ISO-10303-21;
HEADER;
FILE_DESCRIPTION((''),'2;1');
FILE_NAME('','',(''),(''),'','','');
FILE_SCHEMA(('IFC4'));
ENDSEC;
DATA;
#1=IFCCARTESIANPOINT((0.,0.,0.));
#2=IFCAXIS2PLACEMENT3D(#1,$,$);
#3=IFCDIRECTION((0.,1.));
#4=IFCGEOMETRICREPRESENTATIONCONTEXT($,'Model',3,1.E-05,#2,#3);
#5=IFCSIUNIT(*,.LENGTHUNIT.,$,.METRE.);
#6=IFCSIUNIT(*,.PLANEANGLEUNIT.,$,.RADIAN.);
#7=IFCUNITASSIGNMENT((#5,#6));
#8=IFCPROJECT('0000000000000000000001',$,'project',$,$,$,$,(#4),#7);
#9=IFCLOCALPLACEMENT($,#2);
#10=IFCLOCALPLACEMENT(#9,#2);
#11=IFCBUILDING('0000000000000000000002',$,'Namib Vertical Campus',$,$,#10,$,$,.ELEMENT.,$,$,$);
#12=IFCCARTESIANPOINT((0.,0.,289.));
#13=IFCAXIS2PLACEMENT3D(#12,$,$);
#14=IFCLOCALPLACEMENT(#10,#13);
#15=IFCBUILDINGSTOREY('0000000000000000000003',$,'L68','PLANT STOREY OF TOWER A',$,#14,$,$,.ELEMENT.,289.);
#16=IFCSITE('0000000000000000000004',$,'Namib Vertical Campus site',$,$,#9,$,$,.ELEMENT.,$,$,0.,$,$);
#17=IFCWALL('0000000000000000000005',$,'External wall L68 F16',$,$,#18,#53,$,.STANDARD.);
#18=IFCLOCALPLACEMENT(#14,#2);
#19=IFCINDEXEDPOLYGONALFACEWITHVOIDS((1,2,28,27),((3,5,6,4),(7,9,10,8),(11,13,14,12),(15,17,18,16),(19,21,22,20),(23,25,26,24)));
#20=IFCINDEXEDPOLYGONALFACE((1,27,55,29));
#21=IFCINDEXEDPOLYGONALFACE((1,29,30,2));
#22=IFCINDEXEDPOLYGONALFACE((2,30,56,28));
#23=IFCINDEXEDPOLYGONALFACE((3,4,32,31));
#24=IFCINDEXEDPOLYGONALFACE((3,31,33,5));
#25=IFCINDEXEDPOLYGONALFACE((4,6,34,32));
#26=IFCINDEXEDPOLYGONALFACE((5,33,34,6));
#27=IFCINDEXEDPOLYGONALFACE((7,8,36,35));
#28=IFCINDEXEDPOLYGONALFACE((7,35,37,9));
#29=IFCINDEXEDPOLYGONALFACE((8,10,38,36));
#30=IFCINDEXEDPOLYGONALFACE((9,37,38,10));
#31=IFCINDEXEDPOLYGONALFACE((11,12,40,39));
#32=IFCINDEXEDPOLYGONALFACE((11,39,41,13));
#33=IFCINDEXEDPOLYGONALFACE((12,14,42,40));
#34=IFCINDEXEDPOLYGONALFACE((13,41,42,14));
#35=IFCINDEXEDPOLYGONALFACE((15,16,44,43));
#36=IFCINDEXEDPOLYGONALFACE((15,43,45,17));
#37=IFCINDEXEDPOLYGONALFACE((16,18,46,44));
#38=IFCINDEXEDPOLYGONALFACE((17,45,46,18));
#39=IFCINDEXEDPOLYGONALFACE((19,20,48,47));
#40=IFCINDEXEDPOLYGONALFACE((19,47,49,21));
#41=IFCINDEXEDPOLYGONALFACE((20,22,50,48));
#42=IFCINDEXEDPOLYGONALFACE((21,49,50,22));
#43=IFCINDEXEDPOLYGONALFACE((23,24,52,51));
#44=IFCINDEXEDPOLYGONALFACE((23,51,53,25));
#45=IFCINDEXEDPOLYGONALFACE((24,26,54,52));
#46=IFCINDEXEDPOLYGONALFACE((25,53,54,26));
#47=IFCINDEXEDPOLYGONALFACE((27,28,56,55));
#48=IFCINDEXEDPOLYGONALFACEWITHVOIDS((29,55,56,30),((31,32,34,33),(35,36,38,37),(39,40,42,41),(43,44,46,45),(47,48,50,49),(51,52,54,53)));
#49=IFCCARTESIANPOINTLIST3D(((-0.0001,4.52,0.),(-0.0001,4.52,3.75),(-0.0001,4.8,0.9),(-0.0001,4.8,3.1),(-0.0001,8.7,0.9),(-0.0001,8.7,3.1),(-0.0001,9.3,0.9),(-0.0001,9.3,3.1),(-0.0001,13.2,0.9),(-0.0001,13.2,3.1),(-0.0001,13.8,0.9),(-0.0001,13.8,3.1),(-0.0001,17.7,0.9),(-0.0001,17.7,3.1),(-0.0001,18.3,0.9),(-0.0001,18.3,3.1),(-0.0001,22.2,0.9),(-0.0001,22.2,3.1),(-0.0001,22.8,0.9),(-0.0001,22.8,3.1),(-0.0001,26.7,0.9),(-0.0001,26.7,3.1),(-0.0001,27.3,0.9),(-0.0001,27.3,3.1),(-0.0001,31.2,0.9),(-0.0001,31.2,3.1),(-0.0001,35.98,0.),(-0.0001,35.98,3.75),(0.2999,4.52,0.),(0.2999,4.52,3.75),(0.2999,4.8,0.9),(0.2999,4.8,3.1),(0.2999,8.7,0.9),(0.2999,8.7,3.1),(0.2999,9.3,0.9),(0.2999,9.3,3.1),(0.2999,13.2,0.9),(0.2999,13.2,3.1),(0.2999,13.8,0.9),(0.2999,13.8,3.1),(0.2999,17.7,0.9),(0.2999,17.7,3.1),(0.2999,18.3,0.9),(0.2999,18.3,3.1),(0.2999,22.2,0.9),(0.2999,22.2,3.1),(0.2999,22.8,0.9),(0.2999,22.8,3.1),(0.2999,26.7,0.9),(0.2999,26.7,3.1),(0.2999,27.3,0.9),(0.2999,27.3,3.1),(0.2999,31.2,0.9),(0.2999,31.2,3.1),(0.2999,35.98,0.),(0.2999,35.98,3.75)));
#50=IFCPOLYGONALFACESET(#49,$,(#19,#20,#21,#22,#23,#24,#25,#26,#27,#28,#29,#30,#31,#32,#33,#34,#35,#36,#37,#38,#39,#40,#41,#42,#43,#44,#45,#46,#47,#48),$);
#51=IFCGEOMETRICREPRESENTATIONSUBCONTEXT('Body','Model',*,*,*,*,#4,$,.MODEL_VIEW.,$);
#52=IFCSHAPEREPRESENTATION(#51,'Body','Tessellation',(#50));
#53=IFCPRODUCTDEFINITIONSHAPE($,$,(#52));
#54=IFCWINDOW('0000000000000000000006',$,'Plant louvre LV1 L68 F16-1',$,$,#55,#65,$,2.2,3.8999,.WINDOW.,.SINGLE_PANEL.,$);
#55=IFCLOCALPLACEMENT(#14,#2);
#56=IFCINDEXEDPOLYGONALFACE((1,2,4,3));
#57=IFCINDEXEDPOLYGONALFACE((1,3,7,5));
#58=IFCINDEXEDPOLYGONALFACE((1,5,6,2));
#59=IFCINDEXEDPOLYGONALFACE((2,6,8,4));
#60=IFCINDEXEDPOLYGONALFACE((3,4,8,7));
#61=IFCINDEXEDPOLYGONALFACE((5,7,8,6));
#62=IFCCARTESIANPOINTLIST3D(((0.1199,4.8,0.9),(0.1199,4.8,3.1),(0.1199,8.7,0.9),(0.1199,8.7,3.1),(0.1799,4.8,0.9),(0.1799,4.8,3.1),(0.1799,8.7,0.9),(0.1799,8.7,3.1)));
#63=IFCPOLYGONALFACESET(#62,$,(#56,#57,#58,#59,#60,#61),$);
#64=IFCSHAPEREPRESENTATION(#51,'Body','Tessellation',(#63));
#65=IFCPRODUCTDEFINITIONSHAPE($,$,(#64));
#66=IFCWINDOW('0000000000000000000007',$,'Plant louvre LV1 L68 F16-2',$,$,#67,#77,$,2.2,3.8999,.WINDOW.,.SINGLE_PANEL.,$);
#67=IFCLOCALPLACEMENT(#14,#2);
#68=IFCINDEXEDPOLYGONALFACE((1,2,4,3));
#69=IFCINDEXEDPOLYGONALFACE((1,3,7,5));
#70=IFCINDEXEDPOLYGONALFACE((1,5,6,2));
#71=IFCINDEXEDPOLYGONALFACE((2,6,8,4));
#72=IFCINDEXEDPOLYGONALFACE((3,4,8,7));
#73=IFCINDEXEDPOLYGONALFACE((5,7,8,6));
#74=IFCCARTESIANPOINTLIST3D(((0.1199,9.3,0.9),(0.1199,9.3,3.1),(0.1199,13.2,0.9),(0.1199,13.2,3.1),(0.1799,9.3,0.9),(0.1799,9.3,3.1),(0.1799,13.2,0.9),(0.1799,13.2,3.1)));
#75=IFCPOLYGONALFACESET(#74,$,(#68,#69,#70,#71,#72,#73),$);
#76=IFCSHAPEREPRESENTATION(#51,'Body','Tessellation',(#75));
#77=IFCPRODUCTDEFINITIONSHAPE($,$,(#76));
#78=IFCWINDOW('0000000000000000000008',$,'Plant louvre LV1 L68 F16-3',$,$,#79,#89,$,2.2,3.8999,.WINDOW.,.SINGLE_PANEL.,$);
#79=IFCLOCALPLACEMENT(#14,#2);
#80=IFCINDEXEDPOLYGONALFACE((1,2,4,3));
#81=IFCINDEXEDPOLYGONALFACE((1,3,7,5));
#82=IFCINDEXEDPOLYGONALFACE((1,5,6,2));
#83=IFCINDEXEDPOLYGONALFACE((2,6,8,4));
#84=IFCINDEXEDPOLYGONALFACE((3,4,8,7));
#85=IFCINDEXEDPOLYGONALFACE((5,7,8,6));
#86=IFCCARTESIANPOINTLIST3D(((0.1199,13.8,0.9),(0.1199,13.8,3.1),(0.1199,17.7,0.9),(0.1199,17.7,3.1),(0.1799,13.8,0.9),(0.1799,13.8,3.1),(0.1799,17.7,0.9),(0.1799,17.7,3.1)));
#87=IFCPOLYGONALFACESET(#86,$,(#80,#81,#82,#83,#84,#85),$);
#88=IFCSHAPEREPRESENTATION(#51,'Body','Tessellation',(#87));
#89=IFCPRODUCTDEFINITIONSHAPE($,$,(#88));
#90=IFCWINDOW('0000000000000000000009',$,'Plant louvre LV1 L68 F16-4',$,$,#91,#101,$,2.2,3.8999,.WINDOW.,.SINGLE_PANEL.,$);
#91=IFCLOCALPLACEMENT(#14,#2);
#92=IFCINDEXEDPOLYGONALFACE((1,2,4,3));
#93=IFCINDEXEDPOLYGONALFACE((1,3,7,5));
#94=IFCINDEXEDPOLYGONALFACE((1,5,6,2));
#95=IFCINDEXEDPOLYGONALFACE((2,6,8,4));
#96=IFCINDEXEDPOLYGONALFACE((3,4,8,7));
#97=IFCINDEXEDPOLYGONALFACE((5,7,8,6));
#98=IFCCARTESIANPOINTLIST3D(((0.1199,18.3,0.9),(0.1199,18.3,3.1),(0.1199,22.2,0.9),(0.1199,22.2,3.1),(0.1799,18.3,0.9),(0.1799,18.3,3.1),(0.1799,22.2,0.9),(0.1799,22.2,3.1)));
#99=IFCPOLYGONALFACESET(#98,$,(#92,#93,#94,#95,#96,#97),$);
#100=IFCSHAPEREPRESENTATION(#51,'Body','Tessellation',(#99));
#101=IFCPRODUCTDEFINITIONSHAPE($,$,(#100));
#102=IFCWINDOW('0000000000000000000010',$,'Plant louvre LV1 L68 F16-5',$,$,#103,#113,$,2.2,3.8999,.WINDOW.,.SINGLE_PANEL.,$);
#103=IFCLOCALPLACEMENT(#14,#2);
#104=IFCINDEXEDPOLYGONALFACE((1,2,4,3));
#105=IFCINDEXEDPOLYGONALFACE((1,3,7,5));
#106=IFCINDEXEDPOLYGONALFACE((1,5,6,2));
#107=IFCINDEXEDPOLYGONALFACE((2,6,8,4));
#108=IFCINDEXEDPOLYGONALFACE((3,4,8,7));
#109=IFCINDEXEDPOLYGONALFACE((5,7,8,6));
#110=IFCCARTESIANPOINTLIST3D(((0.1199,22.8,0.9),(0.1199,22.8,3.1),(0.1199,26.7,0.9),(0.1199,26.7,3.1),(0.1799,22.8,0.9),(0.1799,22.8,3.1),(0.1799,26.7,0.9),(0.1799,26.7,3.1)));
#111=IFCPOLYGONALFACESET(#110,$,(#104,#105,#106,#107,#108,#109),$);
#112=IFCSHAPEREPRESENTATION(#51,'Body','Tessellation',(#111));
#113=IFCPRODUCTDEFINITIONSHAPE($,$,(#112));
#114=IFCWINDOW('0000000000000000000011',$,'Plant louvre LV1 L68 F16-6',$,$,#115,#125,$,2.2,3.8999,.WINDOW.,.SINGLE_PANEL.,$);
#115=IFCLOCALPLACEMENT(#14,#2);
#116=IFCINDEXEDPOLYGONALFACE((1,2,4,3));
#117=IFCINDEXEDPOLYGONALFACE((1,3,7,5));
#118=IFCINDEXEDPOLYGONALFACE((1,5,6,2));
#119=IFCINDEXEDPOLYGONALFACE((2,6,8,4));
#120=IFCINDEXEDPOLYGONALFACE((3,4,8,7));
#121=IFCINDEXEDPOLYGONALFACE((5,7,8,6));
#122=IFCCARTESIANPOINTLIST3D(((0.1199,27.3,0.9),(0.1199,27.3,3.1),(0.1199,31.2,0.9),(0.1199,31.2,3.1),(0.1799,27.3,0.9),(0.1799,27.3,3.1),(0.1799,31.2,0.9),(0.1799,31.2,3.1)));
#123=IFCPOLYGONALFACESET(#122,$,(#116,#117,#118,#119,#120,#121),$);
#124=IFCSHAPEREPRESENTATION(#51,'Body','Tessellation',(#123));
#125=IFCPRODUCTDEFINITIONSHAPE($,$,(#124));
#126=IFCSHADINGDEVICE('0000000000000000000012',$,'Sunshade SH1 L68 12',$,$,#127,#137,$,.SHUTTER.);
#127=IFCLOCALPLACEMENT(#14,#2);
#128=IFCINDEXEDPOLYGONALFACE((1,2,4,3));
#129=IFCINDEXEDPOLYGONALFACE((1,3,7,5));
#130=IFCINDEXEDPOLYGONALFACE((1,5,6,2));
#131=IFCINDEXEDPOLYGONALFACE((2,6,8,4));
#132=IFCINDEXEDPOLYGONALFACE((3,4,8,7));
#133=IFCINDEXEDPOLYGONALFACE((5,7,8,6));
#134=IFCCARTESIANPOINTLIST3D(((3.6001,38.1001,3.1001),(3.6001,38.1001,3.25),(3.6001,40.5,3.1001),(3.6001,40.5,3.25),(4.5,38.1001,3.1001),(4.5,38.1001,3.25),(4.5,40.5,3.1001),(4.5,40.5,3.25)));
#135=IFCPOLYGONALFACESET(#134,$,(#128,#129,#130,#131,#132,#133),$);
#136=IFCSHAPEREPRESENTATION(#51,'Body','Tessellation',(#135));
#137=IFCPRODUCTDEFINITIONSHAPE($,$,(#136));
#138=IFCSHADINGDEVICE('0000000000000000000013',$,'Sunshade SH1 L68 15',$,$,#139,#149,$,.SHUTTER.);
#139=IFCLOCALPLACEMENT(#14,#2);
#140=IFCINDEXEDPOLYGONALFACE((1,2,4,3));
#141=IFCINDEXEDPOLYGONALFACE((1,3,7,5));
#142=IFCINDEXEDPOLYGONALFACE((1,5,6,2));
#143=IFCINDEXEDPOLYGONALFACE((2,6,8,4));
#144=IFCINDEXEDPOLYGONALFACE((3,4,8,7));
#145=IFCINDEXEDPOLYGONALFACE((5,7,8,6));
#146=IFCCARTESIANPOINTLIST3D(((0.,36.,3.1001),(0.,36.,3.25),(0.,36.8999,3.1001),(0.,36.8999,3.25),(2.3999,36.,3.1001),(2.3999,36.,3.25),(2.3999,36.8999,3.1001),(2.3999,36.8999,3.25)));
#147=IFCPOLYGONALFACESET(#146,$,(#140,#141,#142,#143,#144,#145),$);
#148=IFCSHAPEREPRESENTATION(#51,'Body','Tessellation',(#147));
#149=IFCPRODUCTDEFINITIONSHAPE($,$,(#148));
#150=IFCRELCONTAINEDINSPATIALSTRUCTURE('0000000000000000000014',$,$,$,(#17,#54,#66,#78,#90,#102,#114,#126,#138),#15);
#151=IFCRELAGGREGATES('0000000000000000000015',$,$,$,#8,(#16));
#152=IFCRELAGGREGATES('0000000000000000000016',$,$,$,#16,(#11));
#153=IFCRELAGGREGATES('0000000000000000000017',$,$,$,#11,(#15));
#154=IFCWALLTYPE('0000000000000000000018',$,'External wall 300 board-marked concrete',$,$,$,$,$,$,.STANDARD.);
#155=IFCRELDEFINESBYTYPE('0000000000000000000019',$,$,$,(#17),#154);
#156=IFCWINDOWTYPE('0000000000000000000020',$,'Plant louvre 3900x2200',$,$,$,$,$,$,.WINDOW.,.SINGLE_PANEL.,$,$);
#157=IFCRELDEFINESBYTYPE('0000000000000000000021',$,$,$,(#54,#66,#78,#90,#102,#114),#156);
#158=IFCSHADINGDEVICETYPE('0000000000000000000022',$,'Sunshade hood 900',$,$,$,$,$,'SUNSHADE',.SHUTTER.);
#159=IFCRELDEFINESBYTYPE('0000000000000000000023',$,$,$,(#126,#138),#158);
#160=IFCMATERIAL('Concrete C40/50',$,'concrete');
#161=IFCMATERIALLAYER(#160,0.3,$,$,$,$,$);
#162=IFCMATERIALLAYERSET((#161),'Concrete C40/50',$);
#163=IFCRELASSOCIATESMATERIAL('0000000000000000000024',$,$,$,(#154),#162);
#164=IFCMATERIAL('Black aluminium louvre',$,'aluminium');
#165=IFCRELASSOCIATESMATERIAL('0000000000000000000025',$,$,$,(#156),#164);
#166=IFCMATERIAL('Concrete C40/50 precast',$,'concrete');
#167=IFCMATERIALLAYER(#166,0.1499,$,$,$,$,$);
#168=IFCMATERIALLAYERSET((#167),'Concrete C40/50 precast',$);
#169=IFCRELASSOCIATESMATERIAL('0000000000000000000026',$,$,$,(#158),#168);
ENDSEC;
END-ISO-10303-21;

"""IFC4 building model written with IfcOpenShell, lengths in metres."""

from ifc_helpers import new_model, si_unit, direction, frame, frame_2d, origin, origin_2d, place, context, subcontext, project, spatial, rectangle, extrude, material, layer, layer_set, type_object, element, fill, save


model = new_model("IFC4")

# Units and contexts
model_context = context("Model", 3, precision=1e-05, world=origin(), true_north=direction((0.0, 1.0)))
body_context = subcontext(model_context, "Body", "Model", "MODEL_VIEW")
ifc_project = project(units=[si_unit("LENGTHUNIT", "METRE"), si_unit("PLANEANGLEUNIT", "RADIAN")], contexts=[model_context])

# Site, building, storey
site_placement = place(None, origin())
site = spatial("IfcSite", under=ifc_project, at=site_placement, Name="Namib Vertical Campus site", CompositionType="ELEMENT", RefElevation=0.0)
building_placement = place(site_placement, origin())
building = spatial("IfcBuilding", under=site, at=building_placement, Name="Namib Vertical Campus", CompositionType="ELEMENT")
storey_placement = place(building_placement, frame((0.0, 0.0, 289.0)))
storey = spatial("IfcBuildingStorey", under=building, at=storey_placement, Name="L68", Description="PLANT STOREY OF TOWER A", CompositionType="ELEMENT", Elevation=289.0)

# Shared definitions
ifc_material_1 = material(Name="Concrete C40/50", Category="concrete")
ifc_layer_1 = layer(ifc_material_1, 0.3)
ifc_layer_set_1 = layer_set([ifc_layer_1], Name="Concrete C40/50")
wall_type_1 = type_object("IfcWallType", Name="External wall 300 board-marked concrete", PredefinedType="STANDARD", material=ifc_layer_set_1)

# Wall, openings, windows
wall_1_placement = place(storey_placement, frame((0.1499, 35.98, 0.0), z_axis=(0.0, 0.0, 1.0), x_axis=(0.0, -1.0, 0.0)))
wall_1 = element("IfcWall", 1, at=wall_1_placement, inside=storey, type_object=wall_type_1, Name="External wall L68 F16", PredefinedType="STANDARD", context=body_context, shape_type="SweptSolid", body=[
    extrude(rectangle(XDim=31.46, YDim=0.3, at=frame_2d((15.73, 0.0))), origin(), (0.0, 0.0, 1.0), 3.75),
])
opening_1_placement = place(wall_1_placement, frame((27.28, 0.0, 0.8999)))
opening_1 = element("IfcOpeningElement", 2, at=opening_1_placement, cuts=wall_1, PredefinedType="OPENING", context=body_context, shape_type="SweptSolid", body=[
    extrude(rectangle(XDim=3.8999, YDim=2.2, at=frame_2d((1.95, 1.1001))), frame((0.0, 0.1599, 0.0), z_axis=(0.0, -1.0, 0.0), x_axis=(1.0, 0.0, 0.0)), (0.0, 0.0, 1.0), 0.3201),
])
opening_2_placement = place(wall_1_placement, frame((22.78, 0.0, 0.8999)))
opening_2 = element("IfcOpeningElement", 3, at=opening_2_placement, cuts=wall_1, PredefinedType="OPENING", context=body_context, shape_type="SweptSolid", body=[
    extrude(rectangle(XDim=3.8999, YDim=2.2, at=frame_2d((1.95, 1.1001))), frame((0.0, 0.1599, 0.0), z_axis=(0.0, -1.0, 0.0), x_axis=(1.0, 0.0, 0.0)), (0.0, 0.0, 1.0), 0.3201),
])
opening_3_placement = place(wall_1_placement, frame((18.28, 0.0, 0.8999)))
opening_3 = element("IfcOpeningElement", 4, at=opening_3_placement, cuts=wall_1, PredefinedType="OPENING", context=body_context, shape_type="SweptSolid", body=[
    extrude(rectangle(XDim=3.8999, YDim=2.2, at=frame_2d((1.95, 1.1001))), frame((0.0, 0.1599, 0.0), z_axis=(0.0, -1.0, 0.0), x_axis=(1.0, 0.0, 0.0)), (0.0, 0.0, 1.0), 0.3201),
])
opening_4_placement = place(wall_1_placement, frame((13.78, 0.0, 0.8999)))
opening_4 = element("IfcOpeningElement", 5, at=opening_4_placement, cuts=wall_1, PredefinedType="OPENING", context=body_context, shape_type="SweptSolid", body=[
    extrude(rectangle(XDim=3.8999, YDim=2.2, at=frame_2d((1.95, 1.1001))), frame((0.0, 0.1599, 0.0), z_axis=(0.0, -1.0, 0.0), x_axis=(1.0, 0.0, 0.0)), (0.0, 0.0, 1.0), 0.3201),
])
opening_5_placement = place(wall_1_placement, frame((9.28, 0.0, 0.8999)))
opening_5 = element("IfcOpeningElement", 6, at=opening_5_placement, cuts=wall_1, PredefinedType="OPENING", context=body_context, shape_type="SweptSolid", body=[
    extrude(rectangle(XDim=3.8999, YDim=2.2, at=frame_2d((1.95, 1.1001))), frame((0.0, 0.1599, 0.0), z_axis=(0.0, -1.0, 0.0), x_axis=(1.0, 0.0, 0.0)), (0.0, 0.0, 1.0), 0.3201),
])
opening_6_placement = place(wall_1_placement, frame((4.78, 0.0, 0.8999)))
opening_6 = element("IfcOpeningElement", 7, at=opening_6_placement, cuts=wall_1, PredefinedType="OPENING", context=body_context, shape_type="SweptSolid", body=[
    extrude(rectangle(XDim=3.8999, YDim=2.2, at=frame_2d((1.95, 1.1001))), frame((0.0, 0.1599, 0.0), z_axis=(0.0, -1.0, 0.0), x_axis=(1.0, 0.0, 0.0)), (0.0, 0.0, 1.0), 0.3201),
])
ifc_material_2 = material(Name="Black aluminium louvre", Category="aluminium")
window_type = type_object("IfcWindowType", Name="Plant louvre 3900x2200", PartitioningType="SINGLE_PANEL", PredefinedType="WINDOW", material=ifc_material_2)
window_1_placement = place(opening_1_placement, origin())
window_1 = element("IfcWindow", 8, at=window_1_placement, inside=storey, type_object=window_type, Name="Plant louvre LV1 L68 F16-1", OverallHeight=2.2, OverallWidth=3.8999, PartitioningType="SINGLE_PANEL", PredefinedType="WINDOW", context=body_context, shape_type="SweptSolid", body=[
    extrude(rectangle(XDim=3.8999, YDim=2.2, at=frame_2d((1.95, 1.1001))), frame((0.0, 0.03, 0.0), z_axis=(0.0, -1.0, 0.0), x_axis=(1.0, 0.0, 0.0)), (0.0, 0.0, 1.0), 0.0601),
])
fill(opening_1, window_1)
window_2_placement = place(opening_2_placement, origin())
window_2 = element("IfcWindow", 9, at=window_2_placement, inside=storey, type_object=window_type, Name="Plant louvre LV1 L68 F16-2", OverallHeight=2.2, OverallWidth=3.8999, PartitioningType="SINGLE_PANEL", PredefinedType="WINDOW", context=body_context, shape_type="SweptSolid", body=[
    extrude(rectangle(XDim=3.8999, YDim=2.2, at=frame_2d((1.95, 1.1001))), frame((0.0, 0.03, 0.0), z_axis=(0.0, -1.0, 0.0), x_axis=(1.0, 0.0, 0.0)), (0.0, 0.0, 1.0), 0.0601),
])
fill(opening_2, window_2)
window_3_placement = place(opening_3_placement, origin())
window_3 = element("IfcWindow", 10, at=window_3_placement, inside=storey, type_object=window_type, Name="Plant louvre LV1 L68 F16-3", OverallHeight=2.2, OverallWidth=3.8999, PartitioningType="SINGLE_PANEL", PredefinedType="WINDOW", context=body_context, shape_type="SweptSolid", body=[
    extrude(rectangle(XDim=3.8999, YDim=2.2, at=frame_2d((1.95, 1.1001))), frame((0.0, 0.03, 0.0), z_axis=(0.0, -1.0, 0.0), x_axis=(1.0, 0.0, 0.0)), (0.0, 0.0, 1.0), 0.0601),
])
fill(opening_3, window_3)
window_4_placement = place(opening_4_placement, origin())
window_4 = element("IfcWindow", 11, at=window_4_placement, inside=storey, type_object=window_type, Name="Plant louvre LV1 L68 F16-4", OverallHeight=2.2, OverallWidth=3.8999, PartitioningType="SINGLE_PANEL", PredefinedType="WINDOW", context=body_context, shape_type="SweptSolid", body=[
    extrude(rectangle(XDim=3.8999, YDim=2.2, at=frame_2d((1.95, 1.1001))), frame((0.0, 0.03, 0.0), z_axis=(0.0, -1.0, 0.0), x_axis=(1.0, 0.0, 0.0)), (0.0, 0.0, 1.0), 0.0601),
])
fill(opening_4, window_4)
window_5_placement = place(opening_5_placement, origin())
window_5 = element("IfcWindow", 12, at=window_5_placement, inside=storey, type_object=window_type, Name="Plant louvre LV1 L68 F16-5", OverallHeight=2.2, OverallWidth=3.8999, PartitioningType="SINGLE_PANEL", PredefinedType="WINDOW", context=body_context, shape_type="SweptSolid", body=[
    extrude(rectangle(XDim=3.8999, YDim=2.2, at=frame_2d((1.95, 1.1001))), frame((0.0, 0.03, 0.0), z_axis=(0.0, -1.0, 0.0), x_axis=(1.0, 0.0, 0.0)), (0.0, 0.0, 1.0), 0.0601),
])
fill(opening_5, window_5)
window_6_placement = place(opening_6_placement, origin())
window_6 = element("IfcWindow", 13, at=window_6_placement, inside=storey, type_object=window_type, Name="Plant louvre LV1 L68 F16-6", OverallHeight=2.2, OverallWidth=3.8999, PartitioningType="SINGLE_PANEL", PredefinedType="WINDOW", context=body_context, shape_type="SweptSolid", body=[
    extrude(rectangle(XDim=3.8999, YDim=2.2, at=frame_2d((1.95, 1.1001))), frame((0.0, 0.03, 0.0), z_axis=(0.0, -1.0, 0.0), x_axis=(1.0, 0.0, 0.0)), (0.0, 0.0, 1.0), 0.0601),
])
fill(opening_6, window_6)

# Shading devices
ifc_material_3 = material(Name="Concrete C40/50 precast", Category="concrete")
ifc_layer_2 = layer(ifc_material_3, 0.1499)
ifc_layer_set_2 = layer_set([ifc_layer_2], Name="Concrete C40/50 precast")
shading_device_type = type_object("IfcShadingDeviceType", Name="Sunshade hood 900", ElementType="SUNSHADE", PredefinedType="SHUTTER", material=ifc_layer_set_2)
for number, where, z_axis, x_axis, name in (
    (14, (4.05, 39.3, 3.1001), (0.0, 0.0, 1.0), (0.0, -1.0, 0.0), "Sunshade SH1 L68 12"),
    (15, (1.2, 36.45, 3.1001), (0.0, 0.0, 1.0), (-1.0, 0.0, 0.0), "Sunshade SH1 L68 15"),
):
    element("IfcShadingDevice", number, at=place(storey_placement, frame(where, z_axis=z_axis, x_axis=x_axis)), inside=storey, type_object=shading_device_type, Name=name, PredefinedType="SHUTTER", context=body_context, shape_type="SweptSolid", body=[
        extrude(rectangle(XDim=2.3999, YDim=0.8999, at=origin_2d()), origin(), (0.0, 0.0, 1.0), 0.1499),
    ])

save(model, "model.ifc")
